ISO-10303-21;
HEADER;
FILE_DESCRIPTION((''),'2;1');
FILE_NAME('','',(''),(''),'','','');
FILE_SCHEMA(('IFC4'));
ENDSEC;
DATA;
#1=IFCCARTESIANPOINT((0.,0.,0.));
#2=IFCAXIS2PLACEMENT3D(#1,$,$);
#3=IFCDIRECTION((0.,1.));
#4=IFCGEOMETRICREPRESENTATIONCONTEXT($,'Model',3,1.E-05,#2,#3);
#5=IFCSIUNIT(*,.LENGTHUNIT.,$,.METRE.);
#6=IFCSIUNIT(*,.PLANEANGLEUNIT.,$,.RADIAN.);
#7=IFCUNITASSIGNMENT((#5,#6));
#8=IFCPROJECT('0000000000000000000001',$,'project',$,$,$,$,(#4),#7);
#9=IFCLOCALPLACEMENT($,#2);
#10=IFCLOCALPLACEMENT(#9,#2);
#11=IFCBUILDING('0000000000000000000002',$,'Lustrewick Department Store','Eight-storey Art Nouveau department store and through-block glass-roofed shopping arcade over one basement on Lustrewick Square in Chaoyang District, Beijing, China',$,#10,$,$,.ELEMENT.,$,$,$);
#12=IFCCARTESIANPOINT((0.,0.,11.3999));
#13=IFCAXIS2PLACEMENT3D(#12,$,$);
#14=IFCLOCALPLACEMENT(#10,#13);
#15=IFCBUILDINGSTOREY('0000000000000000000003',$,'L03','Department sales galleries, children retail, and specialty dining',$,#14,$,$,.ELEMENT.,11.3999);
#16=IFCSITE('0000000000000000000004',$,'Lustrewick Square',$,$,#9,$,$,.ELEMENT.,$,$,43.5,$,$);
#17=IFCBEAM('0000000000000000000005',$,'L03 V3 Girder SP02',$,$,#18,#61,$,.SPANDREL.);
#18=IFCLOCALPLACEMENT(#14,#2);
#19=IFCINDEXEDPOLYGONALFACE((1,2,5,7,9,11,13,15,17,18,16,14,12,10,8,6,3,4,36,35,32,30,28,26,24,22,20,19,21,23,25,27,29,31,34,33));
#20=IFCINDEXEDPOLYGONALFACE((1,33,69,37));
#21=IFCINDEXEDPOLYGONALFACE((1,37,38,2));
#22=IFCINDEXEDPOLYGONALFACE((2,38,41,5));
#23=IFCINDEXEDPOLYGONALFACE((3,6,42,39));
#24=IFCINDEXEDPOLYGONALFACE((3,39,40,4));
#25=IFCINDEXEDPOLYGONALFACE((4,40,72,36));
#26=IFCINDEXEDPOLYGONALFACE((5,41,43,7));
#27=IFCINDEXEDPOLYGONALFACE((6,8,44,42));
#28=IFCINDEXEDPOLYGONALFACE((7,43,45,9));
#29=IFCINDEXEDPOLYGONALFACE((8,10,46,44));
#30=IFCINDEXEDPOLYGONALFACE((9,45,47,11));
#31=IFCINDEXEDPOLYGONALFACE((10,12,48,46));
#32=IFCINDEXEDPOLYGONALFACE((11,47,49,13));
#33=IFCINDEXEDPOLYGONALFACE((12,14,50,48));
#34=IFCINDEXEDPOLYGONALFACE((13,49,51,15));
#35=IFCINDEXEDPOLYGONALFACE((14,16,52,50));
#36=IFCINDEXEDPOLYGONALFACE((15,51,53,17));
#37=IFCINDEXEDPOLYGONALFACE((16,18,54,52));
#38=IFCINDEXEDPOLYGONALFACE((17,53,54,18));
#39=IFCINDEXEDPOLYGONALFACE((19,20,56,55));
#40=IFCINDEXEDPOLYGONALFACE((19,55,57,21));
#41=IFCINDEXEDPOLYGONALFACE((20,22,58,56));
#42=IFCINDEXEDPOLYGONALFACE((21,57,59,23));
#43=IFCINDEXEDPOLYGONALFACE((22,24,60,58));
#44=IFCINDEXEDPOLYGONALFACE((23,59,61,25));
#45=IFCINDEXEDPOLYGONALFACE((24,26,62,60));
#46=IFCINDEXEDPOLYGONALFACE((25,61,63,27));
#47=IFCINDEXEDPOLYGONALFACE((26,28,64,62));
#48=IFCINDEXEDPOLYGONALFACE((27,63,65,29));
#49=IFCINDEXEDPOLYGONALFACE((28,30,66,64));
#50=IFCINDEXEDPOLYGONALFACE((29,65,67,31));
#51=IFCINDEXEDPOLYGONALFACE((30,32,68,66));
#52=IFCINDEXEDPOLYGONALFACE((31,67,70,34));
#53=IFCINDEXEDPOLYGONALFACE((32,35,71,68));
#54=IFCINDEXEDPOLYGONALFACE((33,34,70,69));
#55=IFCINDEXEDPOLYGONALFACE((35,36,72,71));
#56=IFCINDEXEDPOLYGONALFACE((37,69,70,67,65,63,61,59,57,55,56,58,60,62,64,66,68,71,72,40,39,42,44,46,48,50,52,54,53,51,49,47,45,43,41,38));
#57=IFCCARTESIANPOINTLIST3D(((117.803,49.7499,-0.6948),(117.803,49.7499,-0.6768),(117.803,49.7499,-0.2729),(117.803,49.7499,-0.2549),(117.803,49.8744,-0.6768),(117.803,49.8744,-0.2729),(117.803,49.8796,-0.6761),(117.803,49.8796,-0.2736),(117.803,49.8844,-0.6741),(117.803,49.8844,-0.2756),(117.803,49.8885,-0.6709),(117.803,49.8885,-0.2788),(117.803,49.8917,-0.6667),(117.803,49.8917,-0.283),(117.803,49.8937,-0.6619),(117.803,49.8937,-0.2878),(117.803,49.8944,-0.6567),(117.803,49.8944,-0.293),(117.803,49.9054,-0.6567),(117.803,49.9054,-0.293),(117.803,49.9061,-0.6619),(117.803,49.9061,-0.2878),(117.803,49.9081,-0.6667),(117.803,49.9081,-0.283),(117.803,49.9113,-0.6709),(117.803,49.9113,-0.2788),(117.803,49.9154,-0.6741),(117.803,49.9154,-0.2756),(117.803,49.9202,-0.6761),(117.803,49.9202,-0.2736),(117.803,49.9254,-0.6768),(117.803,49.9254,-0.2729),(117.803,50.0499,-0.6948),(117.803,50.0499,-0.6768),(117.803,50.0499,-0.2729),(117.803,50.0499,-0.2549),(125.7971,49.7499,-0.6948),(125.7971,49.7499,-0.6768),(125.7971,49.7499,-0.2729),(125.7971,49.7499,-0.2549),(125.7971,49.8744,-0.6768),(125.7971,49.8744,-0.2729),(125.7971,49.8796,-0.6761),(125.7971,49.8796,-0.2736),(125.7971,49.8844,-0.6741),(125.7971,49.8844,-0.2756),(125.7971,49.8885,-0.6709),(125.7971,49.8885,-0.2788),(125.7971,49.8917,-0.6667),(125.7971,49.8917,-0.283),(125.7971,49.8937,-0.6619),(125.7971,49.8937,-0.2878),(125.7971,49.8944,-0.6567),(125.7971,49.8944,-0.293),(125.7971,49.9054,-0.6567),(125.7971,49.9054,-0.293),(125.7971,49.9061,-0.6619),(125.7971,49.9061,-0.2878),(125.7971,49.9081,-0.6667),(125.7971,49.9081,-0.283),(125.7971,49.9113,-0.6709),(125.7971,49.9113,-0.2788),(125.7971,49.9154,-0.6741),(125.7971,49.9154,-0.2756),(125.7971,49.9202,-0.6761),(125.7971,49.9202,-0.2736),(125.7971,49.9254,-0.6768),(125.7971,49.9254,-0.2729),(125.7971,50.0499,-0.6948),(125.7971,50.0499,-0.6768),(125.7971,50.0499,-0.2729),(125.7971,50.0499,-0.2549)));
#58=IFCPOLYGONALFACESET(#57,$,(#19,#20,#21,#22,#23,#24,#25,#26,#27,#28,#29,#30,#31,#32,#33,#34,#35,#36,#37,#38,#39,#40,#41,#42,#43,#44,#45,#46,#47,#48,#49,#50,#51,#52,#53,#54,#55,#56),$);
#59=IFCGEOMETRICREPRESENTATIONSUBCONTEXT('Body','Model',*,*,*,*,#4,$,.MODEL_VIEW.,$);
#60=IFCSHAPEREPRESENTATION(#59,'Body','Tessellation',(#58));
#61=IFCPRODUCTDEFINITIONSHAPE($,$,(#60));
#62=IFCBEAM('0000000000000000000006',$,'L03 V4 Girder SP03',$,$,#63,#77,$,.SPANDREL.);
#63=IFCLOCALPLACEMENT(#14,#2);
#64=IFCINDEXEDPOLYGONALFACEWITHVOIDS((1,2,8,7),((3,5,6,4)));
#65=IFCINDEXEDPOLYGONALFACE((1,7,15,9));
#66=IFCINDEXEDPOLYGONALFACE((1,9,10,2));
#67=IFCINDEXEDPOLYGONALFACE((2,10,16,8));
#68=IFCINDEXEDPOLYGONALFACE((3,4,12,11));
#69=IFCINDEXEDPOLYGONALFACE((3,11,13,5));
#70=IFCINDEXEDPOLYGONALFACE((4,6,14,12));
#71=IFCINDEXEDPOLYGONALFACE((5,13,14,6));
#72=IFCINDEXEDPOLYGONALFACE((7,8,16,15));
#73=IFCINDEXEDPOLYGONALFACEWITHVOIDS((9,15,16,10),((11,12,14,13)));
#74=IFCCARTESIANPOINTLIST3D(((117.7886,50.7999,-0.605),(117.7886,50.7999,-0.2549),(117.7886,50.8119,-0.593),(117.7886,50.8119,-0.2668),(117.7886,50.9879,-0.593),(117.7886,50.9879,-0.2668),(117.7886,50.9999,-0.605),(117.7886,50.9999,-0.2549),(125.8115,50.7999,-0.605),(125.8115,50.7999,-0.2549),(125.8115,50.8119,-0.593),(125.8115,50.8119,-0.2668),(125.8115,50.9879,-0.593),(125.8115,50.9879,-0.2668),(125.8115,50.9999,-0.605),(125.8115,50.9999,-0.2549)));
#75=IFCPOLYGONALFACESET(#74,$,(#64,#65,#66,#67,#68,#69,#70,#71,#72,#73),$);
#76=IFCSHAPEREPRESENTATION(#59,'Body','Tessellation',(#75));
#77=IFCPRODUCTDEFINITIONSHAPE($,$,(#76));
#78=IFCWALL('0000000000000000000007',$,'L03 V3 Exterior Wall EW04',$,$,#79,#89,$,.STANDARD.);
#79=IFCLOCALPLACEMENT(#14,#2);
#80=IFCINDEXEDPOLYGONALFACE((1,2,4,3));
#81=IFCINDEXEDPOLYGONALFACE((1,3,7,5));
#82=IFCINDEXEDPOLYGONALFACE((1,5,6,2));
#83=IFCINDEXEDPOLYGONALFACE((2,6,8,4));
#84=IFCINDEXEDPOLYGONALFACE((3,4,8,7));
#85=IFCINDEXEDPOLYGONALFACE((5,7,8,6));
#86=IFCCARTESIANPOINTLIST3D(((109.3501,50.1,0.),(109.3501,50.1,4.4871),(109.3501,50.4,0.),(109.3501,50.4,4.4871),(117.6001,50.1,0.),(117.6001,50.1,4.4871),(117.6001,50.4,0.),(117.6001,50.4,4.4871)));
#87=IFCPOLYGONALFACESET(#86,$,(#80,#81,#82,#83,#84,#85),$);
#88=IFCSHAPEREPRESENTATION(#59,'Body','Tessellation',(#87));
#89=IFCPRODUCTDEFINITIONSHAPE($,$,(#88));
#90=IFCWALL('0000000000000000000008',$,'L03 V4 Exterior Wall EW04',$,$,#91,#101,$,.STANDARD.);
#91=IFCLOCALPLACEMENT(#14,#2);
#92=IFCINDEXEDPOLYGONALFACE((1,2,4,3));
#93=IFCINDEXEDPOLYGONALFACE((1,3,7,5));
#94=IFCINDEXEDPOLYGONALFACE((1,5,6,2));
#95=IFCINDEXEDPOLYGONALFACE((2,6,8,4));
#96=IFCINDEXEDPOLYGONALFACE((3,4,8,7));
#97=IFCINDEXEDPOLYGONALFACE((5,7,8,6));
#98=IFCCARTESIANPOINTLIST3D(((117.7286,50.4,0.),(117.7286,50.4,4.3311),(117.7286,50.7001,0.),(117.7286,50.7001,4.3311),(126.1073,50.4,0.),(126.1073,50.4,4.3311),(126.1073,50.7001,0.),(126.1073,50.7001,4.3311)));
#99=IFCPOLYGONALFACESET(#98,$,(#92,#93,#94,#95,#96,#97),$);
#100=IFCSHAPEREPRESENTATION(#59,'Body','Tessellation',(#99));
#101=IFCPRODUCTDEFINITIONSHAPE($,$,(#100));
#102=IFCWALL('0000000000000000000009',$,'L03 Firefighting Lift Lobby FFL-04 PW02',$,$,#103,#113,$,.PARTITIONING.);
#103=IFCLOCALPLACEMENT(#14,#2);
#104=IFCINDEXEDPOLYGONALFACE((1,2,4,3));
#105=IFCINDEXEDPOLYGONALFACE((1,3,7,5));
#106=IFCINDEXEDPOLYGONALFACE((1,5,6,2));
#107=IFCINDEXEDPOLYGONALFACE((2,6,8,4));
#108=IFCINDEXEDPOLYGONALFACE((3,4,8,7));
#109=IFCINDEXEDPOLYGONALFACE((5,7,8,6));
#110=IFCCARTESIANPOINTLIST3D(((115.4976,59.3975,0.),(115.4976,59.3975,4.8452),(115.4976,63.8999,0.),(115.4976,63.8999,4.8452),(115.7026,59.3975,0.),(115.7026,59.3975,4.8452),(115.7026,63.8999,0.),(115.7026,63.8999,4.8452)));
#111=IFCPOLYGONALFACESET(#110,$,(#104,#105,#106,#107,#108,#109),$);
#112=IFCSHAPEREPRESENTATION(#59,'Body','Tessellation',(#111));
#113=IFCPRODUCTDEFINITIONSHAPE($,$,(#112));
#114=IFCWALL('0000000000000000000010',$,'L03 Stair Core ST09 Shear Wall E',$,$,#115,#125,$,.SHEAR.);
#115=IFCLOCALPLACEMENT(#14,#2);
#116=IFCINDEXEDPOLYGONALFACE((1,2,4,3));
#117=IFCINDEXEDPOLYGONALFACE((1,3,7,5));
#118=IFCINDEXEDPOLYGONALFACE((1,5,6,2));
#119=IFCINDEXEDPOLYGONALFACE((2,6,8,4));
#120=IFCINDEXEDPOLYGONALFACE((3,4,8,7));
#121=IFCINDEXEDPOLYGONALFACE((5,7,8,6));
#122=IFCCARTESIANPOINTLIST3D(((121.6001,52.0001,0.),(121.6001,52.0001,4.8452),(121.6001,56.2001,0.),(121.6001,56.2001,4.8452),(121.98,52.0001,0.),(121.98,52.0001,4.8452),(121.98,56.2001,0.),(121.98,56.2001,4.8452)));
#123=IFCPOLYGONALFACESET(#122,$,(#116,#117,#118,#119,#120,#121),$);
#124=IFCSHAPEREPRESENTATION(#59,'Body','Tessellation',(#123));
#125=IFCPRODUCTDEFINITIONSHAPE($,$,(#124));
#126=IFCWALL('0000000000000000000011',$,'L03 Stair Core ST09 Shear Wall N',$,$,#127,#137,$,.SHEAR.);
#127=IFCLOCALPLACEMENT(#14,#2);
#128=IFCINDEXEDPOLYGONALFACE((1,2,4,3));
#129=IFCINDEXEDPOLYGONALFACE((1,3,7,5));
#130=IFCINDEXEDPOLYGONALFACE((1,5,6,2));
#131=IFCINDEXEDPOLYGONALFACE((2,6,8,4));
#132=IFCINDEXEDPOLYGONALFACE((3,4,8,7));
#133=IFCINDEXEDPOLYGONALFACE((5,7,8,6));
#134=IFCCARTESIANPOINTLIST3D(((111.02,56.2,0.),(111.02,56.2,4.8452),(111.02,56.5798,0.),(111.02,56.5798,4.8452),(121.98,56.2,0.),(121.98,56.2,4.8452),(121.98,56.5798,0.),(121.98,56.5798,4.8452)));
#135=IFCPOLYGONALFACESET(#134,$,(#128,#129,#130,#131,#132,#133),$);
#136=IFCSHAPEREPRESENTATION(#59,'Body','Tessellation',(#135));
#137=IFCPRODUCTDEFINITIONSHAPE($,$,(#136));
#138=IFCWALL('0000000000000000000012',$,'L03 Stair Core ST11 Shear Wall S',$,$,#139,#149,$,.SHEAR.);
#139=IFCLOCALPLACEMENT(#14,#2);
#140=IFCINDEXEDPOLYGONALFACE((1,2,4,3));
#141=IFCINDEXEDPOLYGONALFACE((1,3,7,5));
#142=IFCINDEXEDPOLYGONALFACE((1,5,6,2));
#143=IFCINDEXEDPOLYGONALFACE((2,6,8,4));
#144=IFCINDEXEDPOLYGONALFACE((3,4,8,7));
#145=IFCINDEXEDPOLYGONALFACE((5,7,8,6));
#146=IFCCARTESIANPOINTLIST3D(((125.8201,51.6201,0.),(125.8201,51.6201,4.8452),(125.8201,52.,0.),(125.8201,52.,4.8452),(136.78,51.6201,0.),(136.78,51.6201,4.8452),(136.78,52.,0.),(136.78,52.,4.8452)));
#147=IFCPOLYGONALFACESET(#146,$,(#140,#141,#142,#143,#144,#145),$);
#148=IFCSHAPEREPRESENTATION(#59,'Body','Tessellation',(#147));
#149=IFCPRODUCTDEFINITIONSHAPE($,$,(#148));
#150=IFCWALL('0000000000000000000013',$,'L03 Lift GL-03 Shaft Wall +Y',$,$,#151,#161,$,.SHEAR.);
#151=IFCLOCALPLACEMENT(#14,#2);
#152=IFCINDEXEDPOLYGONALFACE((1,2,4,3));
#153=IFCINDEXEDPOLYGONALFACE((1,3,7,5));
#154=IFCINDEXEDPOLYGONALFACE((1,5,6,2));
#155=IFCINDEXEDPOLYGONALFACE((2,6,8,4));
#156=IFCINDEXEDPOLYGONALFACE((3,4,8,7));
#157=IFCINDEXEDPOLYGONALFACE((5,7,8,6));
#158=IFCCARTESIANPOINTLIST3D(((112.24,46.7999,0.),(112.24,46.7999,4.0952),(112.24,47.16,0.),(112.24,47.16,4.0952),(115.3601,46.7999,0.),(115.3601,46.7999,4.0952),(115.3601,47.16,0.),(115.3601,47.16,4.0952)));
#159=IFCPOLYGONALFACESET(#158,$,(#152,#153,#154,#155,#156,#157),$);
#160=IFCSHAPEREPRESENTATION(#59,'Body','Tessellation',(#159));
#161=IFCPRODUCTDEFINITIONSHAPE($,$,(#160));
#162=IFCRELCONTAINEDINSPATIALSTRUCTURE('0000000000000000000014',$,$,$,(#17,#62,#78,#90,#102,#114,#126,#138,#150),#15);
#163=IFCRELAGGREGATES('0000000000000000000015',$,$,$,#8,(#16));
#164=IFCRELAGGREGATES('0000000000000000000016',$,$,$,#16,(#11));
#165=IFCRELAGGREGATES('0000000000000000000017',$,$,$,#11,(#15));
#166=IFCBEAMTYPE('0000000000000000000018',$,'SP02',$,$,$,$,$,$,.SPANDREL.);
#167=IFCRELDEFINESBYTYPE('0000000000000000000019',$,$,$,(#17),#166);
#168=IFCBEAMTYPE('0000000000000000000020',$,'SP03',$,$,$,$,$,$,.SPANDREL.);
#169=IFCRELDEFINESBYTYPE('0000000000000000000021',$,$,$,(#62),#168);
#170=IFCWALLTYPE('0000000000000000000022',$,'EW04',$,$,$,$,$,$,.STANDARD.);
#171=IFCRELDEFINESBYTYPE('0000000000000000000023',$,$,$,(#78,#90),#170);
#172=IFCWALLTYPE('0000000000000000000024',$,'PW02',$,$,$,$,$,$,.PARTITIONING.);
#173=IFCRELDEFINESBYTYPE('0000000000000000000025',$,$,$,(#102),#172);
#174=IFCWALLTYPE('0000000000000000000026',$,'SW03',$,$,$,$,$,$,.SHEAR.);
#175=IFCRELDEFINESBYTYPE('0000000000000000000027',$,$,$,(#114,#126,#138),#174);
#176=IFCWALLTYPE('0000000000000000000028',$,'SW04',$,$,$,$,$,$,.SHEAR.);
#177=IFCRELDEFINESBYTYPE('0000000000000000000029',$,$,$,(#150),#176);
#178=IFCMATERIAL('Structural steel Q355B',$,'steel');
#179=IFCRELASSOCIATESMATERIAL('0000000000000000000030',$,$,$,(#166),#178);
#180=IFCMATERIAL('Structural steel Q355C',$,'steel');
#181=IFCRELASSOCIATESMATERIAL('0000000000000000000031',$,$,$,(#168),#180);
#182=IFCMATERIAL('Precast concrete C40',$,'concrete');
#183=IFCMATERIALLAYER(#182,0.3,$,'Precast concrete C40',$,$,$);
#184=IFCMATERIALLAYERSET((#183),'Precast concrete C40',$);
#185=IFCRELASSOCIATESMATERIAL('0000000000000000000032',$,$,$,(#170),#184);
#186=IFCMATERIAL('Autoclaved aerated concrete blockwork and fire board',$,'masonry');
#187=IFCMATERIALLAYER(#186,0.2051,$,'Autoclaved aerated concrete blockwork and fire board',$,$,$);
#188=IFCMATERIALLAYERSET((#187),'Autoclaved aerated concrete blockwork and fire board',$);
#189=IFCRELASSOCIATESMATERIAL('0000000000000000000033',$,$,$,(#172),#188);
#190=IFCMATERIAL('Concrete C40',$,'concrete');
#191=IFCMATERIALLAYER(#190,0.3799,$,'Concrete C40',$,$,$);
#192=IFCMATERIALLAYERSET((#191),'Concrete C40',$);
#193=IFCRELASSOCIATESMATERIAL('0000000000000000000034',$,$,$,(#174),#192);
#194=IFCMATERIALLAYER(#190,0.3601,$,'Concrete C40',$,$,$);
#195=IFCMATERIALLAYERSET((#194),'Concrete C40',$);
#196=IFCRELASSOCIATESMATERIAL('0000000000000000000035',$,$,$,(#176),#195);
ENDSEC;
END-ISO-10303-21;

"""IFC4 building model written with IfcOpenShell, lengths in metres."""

from ifc_helpers import new_model, si_unit, direction, frame, frame_2d, origin, origin_2d, place, context, subcontext, project, spatial, rectangle, hollow_rectangle, i_section, extrude, material, layer, layer_set, material_profile, profile_set, type_object, element, save


model = new_model("IFC4")

# Units and contexts
model_context = context("Model", 3, precision=1e-05, world=origin(), true_north=direction((0.0, 1.0)))
body_context = subcontext(model_context, "Body", "Model", "MODEL_VIEW")
ifc_project = project(units=[si_unit("LENGTHUNIT", "METRE"), si_unit("PLANEANGLEUNIT", "RADIAN")], contexts=[model_context])

# Site, building, storey
site_placement = place(None, origin())
site = spatial("IfcSite", under=ifc_project, at=site_placement, Name="Lustrewick Square", CompositionType="ELEMENT", RefElevation=43.5)
building_placement = place(site_placement, origin())
building = spatial("IfcBuilding", under=site, at=building_placement, Name="Lustrewick Department Store", Description="Eight-storey Art Nouveau department store and through-block glass-roofed shopping arcade over one basement on Lustrewick Square in Chaoyang District, Beijing, China", CompositionType="ELEMENT")
storey_placement = place(building_placement, frame((0.0, 0.0, 11.3999)))
storey = spatial("IfcBuildingStorey", under=building, at=storey_placement, Name="L03", Description="Department sales galleries, children retail, and specialty dining", CompositionType="ELEMENT", Elevation=11.3999)

# Shared definitions
ifc_material_1 = material(Name="Structural steel Q355B", Category="steel")
ifc_material_2 = material(Name="Structural steel Q355C", Category="steel")

# Beams
ifc_material_profile_1 = material_profile(ifc_material_1, i_section(OverallWidth=0.3, OverallDepth=0.4399, WebThickness=0.011, FlangeThickness=0.0181, FilletRadius=0.02, at=origin_2d()), Name="HM 440x300x11x18")
ifc_profile_set_1 = profile_set([ifc_material_profile_1], Name="Structural steel Q355B")
beam_type_1 = type_object("IfcBeamType", Name="SP02", PredefinedType="SPANDREL", material=ifc_profile_set_1)
beam_1_placement = place(storey_placement, frame((117.803, 49.8999, -0.4749), z_axis=(1.0, 0.0, 0.0), x_axis=(0.0, 1.0, 0.0)))
element("IfcBeam", 1, at=beam_1_placement, inside=storey, type_object=beam_type_1, Name="L03 V3 Girder SP02", PredefinedType="SPANDREL", context=body_context, shape_type="SweptSolid", body=[
    extrude(i_section(OverallWidth=0.3, OverallDepth=0.4399, WebThickness=0.011, FlangeThickness=0.0181, FilletRadius=0.02, at=origin_2d()), origin(), (0.0, 0.0, 1.0), 7.9941),
])
ifc_material_profile_2 = material_profile(ifc_material_2, hollow_rectangle(XDim=0.2, YDim=0.3501, WallThickness=0.012, at=origin_2d()), Name="RHS 350x200x12")
ifc_profile_set_2 = profile_set([ifc_material_profile_2], Name="Structural steel Q355C")
beam_type_2 = type_object("IfcBeamType", Name="SP03", PredefinedType="SPANDREL", material=ifc_profile_set_2)
beam_2_placement = place(storey_placement, frame((117.7886, 50.8999, -0.4299), z_axis=(1.0, 0.0, 0.0), x_axis=(0.0, 1.0, 0.0)))
element("IfcBeam", 2, at=beam_2_placement, inside=storey, type_object=beam_type_2, Name="L03 V4 Girder SP03", PredefinedType="SPANDREL", context=body_context, shape_type="SweptSolid", body=[
    extrude(hollow_rectangle(XDim=0.2, YDim=0.3501, WallThickness=0.012, at=origin_2d()), origin(), (0.0, 0.0, 1.0), 8.0229),
])

# Walls
ifc_material_3 = material(Name="Precast concrete C40", Category="concrete")
ifc_layer_1 = layer(ifc_material_3, 0.3, Name="Precast concrete C40")
ifc_layer_set_1 = layer_set([ifc_layer_1], Name="Precast concrete C40")
wall_type_1 = type_object("IfcWallType", Name="EW04", PredefinedType="STANDARD", material=ifc_layer_set_1)
wall_1_placement = place(storey_placement, frame((117.6001, 50.25, 0.0), z_axis=(0.0, 0.0, 1.0), x_axis=(-1.0, 0.0, 0.0)))
element("IfcWall", 3, at=wall_1_placement, inside=storey, type_object=wall_type_1, Name="L03 V3 Exterior Wall EW04", PredefinedType="STANDARD", context=body_context, shape_type="SweptSolid", body=[
    extrude(rectangle(XDim=8.25, YDim=0.3, at=frame_2d((4.125, 0.0))), origin(), (0.0, 0.0, 1.0), 4.4871),
])
wall_2_placement = place(storey_placement, frame((117.7285, 50.55, 0.0), z_axis=(0.0, 0.0, 1.0), x_axis=(1.0, 0.0, 0.0)))
element("IfcWall", 4, at=wall_2_placement, inside=storey, type_object=wall_type_1, Name="L03 V4 Exterior Wall EW04", PredefinedType="STANDARD", context=body_context, shape_type="SweptSolid", body=[
    extrude(rectangle(XDim=8.3787, YDim=0.3, at=frame_2d((4.1895, 0.0))), origin(), (0.0, 0.0, 1.0), 4.3311),
])
ifc_material_4 = material(Name="Autoclaved aerated concrete blockwork and fire board", Category="masonry")
ifc_layer_2 = layer(ifc_material_4, 0.2051, Name="Autoclaved aerated concrete blockwork and fire board")
ifc_layer_set_2 = layer_set([ifc_layer_2], Name="Autoclaved aerated concrete blockwork and fire board")
wall_type_2 = type_object("IfcWallType", Name="PW02", PredefinedType="PARTITIONING", material=ifc_layer_set_2)
wall_3_placement = place(storey_placement, frame((115.6001, 59.3975, 0.0), z_axis=(0.0, 0.0, 1.0), x_axis=(0.0, 1.0, 0.0)))
element("IfcWall", 5, at=wall_3_placement, inside=storey, type_object=wall_type_2, Name="L03 Firefighting Lift Lobby FFL-04 PW02", PredefinedType="PARTITIONING", context=body_context, shape_type="SweptSolid", body=[
    extrude(rectangle(XDim=4.5024, YDim=0.2051, at=frame_2d((2.2512, 0.0))), origin(), (0.0, 0.0, 1.0), 4.8452),
])
ifc_material_5 = material(Name="Concrete C40", Category="concrete")
ifc_layer_3 = layer(ifc_material_5, 0.3799, Name="Concrete C40")
ifc_layer_set_3 = layer_set([ifc_layer_3], Name="Concrete C40")
wall_type_3 = type_object("IfcWallType", Name="SW03", PredefinedType="SHEAR", material=ifc_layer_set_3)
wall_4_placement = place(storey_placement, frame((121.79, 52.0, 0.0), z_axis=(0.0, 0.0, 1.0), x_axis=(0.0, 1.0, 0.0)))
element("IfcWall", 6, at=wall_4_placement, inside=storey, type_object=wall_type_3, Name="L03 Stair Core ST09 Shear Wall E", PredefinedType="SHEAR", context=body_context, shape_type="SweptSolid", body=[
    extrude(rectangle(XDim=4.2, YDim=0.3799, at=frame_2d((2.1001, 0.0))), origin(), (0.0, 0.0, 1.0), 4.8452),
])
for number, where, z_axis, x_axis, name in (
    (7, (121.98, 56.3899, 0.0), (0.0, 0.0, 1.0), (-1.0, 0.0, 0.0), "L03 Stair Core ST09 Shear Wall N"),
    (8, (125.8201, 51.8101, 0.0), (0.0, 0.0, 1.0), (1.0, 0.0, 0.0), "L03 Stair Core ST11 Shear Wall S"),
):
    element("IfcWall", number, at=place(storey_placement, frame(where, z_axis=z_axis, x_axis=x_axis)), inside=storey, type_object=wall_type_3, Name=name, PredefinedType="SHEAR", context=body_context, shape_type="SweptSolid", body=[
        extrude(rectangle(XDim=10.96, YDim=0.3799, at=frame_2d((5.48, 0.0))), origin(), (0.0, 0.0, 1.0), 4.8452),
    ])
ifc_layer_4 = layer(ifc_material_5, 0.3601, Name="Concrete C40")
ifc_layer_set_4 = layer_set([ifc_layer_4], Name="Concrete C40")
wall_type_4 = type_object("IfcWallType", Name="SW04", PredefinedType="SHEAR", material=ifc_layer_set_4)
wall_5_placement = place(storey_placement, frame((115.3601, 46.98, 0.0), z_axis=(0.0, 0.0, 1.0), x_axis=(-1.0, 0.0, 0.0)))
element("IfcWall", 9, at=wall_5_placement, inside=storey, type_object=wall_type_4, Name="L03 Lift GL-03 Shaft Wall +Y", PredefinedType="SHEAR", context=body_context, shape_type="SweptSolid", body=[
    extrude(rectangle(XDim=3.1201, YDim=0.3601, at=frame_2d((1.5601, 0.0))), origin(), (0.0, 0.0, 1.0), 4.0952),
])

save(model, "model.ifc")
